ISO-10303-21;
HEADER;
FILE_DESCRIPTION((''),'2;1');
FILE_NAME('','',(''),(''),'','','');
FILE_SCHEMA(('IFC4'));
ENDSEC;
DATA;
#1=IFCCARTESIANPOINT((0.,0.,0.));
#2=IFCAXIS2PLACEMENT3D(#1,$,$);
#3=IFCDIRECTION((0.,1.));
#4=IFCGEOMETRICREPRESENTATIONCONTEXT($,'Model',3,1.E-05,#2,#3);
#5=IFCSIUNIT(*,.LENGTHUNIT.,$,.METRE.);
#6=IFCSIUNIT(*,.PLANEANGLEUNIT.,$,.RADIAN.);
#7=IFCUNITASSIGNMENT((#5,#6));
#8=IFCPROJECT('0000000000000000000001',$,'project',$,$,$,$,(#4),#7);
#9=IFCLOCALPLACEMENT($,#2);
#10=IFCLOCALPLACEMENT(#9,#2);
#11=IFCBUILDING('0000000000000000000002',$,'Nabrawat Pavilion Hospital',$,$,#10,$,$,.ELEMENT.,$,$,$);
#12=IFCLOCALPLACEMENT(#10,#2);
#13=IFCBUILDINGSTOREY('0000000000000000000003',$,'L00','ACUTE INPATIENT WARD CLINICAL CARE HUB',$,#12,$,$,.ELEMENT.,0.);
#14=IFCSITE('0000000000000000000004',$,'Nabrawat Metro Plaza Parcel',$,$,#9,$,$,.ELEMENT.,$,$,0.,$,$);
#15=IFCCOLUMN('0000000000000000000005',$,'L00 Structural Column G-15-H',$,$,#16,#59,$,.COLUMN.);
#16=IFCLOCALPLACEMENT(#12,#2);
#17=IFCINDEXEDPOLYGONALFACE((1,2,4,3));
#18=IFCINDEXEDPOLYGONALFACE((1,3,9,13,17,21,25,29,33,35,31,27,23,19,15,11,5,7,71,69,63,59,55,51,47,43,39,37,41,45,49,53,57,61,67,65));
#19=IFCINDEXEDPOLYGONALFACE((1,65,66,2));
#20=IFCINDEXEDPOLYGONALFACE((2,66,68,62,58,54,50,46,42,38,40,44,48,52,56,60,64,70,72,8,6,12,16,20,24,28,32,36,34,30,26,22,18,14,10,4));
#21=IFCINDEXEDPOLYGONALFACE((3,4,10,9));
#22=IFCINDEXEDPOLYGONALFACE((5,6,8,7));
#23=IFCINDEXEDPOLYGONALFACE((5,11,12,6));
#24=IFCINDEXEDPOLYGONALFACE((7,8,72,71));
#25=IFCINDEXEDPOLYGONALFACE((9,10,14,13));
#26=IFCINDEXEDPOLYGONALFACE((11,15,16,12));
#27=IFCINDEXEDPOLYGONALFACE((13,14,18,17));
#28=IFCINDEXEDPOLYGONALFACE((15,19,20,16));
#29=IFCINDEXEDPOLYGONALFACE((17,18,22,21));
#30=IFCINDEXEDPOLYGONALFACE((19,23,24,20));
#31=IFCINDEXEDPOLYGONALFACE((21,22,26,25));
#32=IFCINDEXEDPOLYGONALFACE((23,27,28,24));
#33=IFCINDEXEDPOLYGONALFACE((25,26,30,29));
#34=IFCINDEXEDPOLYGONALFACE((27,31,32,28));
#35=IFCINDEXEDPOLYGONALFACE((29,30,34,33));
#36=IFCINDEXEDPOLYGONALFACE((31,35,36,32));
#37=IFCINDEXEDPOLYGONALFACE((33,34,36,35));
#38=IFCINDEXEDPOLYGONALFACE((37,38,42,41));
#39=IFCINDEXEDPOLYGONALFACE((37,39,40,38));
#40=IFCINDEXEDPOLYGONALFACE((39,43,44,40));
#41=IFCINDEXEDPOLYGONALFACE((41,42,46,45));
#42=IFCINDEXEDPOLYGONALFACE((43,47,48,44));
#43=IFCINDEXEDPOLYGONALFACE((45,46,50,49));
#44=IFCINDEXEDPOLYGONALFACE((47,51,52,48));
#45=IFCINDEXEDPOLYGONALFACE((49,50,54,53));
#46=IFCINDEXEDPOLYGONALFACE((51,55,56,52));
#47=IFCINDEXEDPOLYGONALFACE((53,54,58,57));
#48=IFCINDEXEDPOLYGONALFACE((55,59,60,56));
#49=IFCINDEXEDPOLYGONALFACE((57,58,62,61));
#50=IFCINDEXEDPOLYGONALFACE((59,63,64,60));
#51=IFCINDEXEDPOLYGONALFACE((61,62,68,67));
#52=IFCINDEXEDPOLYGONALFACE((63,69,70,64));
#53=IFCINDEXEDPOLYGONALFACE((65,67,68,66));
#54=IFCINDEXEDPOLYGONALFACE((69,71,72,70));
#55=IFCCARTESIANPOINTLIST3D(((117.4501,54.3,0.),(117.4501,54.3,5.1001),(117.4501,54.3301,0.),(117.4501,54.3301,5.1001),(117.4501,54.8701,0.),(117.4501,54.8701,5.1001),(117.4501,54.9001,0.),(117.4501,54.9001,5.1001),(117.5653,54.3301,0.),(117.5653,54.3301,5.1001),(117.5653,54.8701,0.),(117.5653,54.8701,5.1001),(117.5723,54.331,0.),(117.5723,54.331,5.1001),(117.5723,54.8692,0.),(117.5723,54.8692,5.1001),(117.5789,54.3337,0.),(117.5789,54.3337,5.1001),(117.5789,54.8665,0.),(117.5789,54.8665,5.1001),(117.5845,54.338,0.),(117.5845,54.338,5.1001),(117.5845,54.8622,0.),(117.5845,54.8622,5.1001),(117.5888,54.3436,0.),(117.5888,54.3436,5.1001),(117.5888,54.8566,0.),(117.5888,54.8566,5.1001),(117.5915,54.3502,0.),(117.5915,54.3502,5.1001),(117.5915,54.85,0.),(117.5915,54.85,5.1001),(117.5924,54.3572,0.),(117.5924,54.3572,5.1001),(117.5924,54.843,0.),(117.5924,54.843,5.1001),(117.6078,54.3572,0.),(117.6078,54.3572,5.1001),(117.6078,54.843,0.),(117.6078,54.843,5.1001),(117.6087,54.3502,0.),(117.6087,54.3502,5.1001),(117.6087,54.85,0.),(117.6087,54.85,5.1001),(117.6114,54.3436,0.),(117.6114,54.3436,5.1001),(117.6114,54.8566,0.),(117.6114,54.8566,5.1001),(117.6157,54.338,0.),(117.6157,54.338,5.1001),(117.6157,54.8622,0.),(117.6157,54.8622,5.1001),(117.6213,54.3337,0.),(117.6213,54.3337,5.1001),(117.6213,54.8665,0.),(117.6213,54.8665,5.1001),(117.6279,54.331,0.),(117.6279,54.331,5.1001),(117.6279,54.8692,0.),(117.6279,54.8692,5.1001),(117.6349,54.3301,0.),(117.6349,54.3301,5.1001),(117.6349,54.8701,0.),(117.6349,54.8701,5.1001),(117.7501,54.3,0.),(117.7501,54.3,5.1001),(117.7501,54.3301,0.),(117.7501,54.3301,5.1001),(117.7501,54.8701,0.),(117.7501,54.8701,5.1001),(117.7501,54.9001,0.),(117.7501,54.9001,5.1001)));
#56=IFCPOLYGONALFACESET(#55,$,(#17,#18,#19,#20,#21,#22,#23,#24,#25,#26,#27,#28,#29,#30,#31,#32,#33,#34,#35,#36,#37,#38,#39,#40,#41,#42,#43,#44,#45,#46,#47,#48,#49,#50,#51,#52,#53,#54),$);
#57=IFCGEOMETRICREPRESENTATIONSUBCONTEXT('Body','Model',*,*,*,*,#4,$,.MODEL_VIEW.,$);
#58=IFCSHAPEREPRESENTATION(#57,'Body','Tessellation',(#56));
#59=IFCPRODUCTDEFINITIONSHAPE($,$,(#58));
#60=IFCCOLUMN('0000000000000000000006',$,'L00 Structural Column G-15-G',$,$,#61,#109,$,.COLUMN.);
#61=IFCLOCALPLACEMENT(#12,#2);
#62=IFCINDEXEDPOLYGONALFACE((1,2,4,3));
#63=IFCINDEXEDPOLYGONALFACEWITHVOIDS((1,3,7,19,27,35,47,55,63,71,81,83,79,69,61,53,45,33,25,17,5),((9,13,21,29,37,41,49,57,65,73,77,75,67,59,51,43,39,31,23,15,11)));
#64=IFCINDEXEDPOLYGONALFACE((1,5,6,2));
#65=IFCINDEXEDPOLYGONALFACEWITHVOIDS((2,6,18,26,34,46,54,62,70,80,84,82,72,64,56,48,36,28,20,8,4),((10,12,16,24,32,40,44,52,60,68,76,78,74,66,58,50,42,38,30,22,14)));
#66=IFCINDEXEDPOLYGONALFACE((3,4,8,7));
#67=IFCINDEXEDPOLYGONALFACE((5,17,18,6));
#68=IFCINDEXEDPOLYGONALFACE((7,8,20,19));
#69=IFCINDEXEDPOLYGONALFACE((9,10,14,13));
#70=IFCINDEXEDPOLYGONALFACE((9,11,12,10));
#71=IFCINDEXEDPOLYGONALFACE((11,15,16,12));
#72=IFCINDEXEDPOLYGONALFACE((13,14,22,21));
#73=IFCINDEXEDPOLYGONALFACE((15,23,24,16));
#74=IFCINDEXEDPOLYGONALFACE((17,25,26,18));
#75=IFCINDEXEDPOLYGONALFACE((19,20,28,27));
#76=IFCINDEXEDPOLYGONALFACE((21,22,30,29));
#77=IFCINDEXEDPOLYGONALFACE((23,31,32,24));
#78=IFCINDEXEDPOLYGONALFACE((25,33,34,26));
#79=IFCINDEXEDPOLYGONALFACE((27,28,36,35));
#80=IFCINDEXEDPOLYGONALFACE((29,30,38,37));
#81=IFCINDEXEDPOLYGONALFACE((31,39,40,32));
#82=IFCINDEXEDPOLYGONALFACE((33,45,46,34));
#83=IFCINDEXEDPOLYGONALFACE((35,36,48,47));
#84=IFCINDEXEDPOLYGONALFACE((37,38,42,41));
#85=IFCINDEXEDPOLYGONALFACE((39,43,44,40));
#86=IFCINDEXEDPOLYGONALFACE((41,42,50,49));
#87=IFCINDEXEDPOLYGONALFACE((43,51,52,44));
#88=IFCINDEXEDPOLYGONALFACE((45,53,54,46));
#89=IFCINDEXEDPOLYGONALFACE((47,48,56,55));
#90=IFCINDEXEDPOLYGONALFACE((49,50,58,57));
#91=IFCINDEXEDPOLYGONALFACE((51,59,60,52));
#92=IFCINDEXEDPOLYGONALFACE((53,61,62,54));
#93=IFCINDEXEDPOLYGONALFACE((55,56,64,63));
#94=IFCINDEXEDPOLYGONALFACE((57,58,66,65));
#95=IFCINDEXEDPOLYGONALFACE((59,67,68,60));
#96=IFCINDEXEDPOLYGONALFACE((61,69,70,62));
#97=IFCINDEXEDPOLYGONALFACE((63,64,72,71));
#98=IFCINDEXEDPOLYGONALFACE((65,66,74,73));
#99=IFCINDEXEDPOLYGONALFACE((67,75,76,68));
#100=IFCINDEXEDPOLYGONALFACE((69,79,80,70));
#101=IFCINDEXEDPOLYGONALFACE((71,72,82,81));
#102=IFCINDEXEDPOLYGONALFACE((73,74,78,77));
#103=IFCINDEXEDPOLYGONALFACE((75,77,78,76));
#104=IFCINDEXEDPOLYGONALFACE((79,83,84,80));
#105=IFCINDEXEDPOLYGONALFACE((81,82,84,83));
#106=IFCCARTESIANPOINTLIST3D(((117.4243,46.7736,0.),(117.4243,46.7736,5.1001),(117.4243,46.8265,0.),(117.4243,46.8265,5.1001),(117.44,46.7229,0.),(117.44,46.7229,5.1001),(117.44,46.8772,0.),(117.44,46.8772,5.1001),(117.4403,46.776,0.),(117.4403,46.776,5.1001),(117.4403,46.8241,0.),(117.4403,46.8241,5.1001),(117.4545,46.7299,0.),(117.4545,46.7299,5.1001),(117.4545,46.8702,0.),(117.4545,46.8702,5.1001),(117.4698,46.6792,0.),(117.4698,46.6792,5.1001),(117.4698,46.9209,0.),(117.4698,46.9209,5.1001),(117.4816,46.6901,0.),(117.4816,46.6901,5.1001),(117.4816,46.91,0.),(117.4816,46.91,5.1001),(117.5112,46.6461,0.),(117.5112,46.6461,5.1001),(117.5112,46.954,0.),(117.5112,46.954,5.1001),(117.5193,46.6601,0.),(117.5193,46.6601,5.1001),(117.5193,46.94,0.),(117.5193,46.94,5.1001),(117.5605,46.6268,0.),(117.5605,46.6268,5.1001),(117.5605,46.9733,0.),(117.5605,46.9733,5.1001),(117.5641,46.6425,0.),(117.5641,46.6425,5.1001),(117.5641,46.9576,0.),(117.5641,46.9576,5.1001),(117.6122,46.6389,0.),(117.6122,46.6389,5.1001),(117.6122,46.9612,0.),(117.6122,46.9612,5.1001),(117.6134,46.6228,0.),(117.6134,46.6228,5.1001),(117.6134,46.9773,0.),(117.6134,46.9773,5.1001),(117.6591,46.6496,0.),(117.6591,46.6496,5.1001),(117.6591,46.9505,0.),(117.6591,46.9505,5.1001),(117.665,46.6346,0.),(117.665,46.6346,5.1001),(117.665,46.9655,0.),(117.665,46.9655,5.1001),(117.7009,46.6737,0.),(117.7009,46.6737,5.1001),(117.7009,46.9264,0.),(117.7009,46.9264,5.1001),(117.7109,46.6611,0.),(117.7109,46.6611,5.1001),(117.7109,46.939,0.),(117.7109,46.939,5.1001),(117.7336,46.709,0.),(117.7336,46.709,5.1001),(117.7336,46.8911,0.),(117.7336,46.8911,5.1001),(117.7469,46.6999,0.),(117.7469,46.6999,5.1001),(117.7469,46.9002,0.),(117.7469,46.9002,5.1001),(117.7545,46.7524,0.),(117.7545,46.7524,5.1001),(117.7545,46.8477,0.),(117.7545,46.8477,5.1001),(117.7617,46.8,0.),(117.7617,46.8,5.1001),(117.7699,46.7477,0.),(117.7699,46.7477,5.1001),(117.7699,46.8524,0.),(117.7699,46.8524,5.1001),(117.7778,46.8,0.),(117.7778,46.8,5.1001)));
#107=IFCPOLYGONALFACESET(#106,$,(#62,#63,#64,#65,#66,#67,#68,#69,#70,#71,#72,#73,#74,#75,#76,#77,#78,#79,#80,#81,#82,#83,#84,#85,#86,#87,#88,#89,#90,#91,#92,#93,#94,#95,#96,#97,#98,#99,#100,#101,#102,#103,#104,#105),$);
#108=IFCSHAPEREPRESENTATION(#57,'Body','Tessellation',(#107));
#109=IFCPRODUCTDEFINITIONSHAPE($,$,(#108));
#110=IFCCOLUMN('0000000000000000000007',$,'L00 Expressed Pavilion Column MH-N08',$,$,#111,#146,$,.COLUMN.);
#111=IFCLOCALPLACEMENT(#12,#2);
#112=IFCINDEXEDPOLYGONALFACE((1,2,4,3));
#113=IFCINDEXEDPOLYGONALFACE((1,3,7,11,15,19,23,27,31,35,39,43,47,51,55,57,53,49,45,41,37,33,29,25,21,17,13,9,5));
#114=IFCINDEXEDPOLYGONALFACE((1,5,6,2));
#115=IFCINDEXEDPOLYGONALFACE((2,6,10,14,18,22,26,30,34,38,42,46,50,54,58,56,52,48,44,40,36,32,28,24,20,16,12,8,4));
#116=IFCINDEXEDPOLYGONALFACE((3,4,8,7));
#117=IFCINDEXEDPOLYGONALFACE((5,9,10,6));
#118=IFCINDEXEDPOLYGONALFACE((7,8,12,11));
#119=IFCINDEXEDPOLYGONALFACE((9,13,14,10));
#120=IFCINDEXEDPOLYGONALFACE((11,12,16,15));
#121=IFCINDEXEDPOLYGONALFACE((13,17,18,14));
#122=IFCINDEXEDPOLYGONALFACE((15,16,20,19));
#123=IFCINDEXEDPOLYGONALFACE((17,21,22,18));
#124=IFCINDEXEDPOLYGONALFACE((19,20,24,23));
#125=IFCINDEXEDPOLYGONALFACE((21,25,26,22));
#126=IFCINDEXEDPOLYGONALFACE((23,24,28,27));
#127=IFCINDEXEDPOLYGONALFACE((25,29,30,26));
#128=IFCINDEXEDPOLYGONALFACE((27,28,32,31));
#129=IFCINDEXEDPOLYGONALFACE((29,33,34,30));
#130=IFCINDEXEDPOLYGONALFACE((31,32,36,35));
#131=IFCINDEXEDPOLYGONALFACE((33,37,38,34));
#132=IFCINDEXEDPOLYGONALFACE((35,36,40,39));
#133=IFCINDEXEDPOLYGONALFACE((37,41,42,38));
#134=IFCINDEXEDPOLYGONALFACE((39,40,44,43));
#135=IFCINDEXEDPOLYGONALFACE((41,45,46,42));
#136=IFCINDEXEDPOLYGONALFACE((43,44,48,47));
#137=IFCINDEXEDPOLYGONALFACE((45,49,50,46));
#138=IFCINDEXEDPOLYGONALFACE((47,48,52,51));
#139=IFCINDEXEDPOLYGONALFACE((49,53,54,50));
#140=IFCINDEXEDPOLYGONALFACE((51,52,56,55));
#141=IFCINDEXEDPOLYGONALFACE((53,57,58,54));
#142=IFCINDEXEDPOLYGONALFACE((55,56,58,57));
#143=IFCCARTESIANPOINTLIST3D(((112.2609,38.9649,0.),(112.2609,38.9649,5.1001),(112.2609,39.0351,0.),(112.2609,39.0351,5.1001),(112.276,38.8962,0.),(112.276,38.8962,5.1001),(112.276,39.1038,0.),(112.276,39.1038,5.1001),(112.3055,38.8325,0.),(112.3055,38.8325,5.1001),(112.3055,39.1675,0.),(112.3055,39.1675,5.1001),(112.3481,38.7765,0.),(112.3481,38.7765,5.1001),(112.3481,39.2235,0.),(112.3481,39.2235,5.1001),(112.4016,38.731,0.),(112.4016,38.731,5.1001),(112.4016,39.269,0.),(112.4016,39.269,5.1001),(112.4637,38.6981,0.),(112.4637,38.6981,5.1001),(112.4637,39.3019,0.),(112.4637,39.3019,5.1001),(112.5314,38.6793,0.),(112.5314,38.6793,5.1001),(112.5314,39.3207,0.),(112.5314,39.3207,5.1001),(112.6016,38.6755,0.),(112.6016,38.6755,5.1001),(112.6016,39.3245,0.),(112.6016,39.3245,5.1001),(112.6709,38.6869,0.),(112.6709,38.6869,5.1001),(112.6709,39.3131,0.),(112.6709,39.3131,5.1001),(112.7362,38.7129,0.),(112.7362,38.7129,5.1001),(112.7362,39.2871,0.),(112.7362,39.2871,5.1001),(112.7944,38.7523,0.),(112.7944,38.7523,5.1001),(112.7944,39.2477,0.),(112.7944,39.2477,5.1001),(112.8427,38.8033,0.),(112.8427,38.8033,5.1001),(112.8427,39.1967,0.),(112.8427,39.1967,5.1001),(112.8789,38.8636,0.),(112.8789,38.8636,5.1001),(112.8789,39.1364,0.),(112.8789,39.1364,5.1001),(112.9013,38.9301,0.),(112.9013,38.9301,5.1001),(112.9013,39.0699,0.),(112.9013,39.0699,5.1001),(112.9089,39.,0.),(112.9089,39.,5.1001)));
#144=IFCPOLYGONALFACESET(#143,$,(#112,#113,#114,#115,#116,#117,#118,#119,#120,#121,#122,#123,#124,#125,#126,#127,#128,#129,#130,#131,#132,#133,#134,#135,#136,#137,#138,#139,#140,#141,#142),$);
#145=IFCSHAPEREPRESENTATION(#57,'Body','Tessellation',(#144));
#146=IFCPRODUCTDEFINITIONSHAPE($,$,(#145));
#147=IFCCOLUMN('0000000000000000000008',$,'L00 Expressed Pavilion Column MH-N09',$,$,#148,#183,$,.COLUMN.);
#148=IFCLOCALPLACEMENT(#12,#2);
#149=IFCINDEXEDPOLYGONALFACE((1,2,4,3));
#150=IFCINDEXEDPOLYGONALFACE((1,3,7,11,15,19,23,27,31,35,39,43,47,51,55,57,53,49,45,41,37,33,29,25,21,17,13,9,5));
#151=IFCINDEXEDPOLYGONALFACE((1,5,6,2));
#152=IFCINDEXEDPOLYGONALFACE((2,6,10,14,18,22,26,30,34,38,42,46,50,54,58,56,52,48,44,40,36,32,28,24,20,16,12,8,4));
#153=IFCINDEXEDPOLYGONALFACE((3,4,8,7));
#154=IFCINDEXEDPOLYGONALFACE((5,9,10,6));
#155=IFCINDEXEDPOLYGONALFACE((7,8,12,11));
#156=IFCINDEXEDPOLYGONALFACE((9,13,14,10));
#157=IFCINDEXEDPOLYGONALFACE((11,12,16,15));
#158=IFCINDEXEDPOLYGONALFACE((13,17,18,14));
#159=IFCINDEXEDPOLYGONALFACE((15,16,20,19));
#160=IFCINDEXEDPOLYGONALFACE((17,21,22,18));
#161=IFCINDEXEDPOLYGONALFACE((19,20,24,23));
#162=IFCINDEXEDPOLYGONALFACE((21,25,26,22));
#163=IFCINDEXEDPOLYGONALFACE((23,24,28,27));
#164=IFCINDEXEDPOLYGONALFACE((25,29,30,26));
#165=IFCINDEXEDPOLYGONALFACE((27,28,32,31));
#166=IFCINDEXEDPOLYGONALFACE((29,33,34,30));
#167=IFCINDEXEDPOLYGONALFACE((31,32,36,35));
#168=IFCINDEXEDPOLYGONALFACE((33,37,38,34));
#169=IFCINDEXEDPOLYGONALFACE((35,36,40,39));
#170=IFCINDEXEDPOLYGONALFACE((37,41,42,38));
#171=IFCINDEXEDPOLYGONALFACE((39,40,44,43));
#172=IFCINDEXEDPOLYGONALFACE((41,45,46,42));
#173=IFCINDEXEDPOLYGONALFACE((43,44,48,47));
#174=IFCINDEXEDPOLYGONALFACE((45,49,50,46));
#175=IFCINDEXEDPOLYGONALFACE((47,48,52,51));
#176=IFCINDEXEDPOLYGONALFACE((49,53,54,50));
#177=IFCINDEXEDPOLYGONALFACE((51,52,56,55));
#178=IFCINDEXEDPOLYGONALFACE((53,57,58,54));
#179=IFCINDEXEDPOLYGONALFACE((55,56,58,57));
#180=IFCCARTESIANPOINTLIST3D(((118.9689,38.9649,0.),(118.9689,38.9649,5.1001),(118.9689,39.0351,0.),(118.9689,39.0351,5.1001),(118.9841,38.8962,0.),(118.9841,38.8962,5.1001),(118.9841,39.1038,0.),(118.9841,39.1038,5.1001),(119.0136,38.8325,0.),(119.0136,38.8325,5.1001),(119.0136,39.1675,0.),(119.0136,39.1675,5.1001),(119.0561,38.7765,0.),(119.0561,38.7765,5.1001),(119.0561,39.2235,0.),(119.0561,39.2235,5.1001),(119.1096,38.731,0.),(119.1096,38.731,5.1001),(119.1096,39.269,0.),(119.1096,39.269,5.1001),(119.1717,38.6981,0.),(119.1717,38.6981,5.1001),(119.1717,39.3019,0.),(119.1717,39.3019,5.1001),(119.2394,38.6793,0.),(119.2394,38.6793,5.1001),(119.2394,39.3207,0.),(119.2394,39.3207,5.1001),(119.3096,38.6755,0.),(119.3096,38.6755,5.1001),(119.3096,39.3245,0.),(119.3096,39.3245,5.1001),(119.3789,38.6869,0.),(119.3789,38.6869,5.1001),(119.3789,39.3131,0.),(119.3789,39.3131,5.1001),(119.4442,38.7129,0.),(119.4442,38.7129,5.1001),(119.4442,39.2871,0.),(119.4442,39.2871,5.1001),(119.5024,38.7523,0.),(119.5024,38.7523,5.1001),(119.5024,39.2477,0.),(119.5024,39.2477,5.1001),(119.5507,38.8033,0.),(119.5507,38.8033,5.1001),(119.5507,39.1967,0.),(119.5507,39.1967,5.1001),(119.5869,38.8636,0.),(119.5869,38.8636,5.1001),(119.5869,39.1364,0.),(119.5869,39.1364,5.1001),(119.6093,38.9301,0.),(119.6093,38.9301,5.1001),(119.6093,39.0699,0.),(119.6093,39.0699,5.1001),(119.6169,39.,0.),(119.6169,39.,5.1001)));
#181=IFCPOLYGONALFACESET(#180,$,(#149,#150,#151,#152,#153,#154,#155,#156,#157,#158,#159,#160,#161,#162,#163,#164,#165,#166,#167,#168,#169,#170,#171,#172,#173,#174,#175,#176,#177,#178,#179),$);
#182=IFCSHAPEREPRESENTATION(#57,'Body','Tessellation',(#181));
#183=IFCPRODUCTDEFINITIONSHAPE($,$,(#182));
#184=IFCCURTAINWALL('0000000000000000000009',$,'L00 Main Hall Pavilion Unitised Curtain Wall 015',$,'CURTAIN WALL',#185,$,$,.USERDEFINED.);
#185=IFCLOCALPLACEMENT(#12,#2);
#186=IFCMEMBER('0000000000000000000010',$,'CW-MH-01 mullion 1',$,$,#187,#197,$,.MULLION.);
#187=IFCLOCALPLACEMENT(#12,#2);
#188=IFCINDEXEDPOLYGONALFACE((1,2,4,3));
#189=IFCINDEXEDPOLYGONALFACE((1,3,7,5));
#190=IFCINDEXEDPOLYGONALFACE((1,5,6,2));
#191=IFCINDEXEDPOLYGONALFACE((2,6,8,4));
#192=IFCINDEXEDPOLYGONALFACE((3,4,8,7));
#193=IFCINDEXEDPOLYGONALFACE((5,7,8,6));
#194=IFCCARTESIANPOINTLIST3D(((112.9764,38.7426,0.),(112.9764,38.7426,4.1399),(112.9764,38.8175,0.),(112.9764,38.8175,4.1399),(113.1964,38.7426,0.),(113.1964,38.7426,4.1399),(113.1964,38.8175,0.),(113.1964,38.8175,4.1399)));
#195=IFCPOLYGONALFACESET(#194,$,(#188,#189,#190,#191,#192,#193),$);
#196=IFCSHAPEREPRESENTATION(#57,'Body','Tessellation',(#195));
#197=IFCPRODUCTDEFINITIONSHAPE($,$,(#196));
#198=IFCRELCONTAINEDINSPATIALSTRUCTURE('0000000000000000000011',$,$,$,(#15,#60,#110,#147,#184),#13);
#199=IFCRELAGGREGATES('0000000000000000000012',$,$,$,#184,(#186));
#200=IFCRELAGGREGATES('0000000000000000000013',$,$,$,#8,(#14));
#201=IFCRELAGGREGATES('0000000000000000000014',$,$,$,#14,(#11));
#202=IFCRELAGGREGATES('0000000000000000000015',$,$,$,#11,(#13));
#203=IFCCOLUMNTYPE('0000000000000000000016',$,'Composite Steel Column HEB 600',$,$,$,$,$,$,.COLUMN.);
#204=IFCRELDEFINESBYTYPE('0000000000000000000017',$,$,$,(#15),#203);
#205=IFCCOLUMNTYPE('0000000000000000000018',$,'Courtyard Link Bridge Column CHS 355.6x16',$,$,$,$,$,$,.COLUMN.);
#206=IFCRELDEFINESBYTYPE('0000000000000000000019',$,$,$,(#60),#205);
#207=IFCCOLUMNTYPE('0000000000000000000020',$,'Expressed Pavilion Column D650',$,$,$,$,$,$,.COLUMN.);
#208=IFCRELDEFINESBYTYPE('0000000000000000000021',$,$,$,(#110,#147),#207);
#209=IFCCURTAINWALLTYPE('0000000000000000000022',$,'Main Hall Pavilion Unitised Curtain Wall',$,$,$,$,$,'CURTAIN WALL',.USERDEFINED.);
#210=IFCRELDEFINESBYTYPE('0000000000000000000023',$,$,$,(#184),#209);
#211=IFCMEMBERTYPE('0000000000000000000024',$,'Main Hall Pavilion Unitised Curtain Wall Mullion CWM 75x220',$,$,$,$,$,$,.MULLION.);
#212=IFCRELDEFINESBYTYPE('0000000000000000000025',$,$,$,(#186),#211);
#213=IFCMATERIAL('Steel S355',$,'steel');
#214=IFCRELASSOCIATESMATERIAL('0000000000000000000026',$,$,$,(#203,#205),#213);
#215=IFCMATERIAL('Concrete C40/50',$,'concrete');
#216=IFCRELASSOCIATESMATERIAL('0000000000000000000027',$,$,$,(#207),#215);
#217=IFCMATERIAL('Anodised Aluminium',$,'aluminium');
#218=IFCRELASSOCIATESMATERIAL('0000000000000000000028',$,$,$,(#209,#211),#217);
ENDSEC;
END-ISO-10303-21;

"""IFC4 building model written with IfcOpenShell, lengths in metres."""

from ifc_helpers import new_model, si_unit, direction, frame, origin, origin_2d, place, context, subcontext, project, spatial, rectangle, circle, hollow_circle, i_section, extrude, material, material_profile, profile_set, type_object, element, aggregate, save


model = new_model("IFC4")

# Units and contexts
model_context = context("Model", 3, precision=1e-05, world=origin(), true_north=direction((0.0, 1.0)))
body_context = subcontext(model_context, "Body", "Model", "MODEL_VIEW")
ifc_project = project(units=[si_unit("LENGTHUNIT", "METRE"), si_unit("PLANEANGLEUNIT", "RADIAN")], contexts=[model_context])

# Site, building, storey
site_placement = place(None, origin())
site = spatial("IfcSite", under=ifc_project, at=site_placement, Name="Nabrawat Metro Plaza Parcel", CompositionType="ELEMENT", RefElevation=0.0)
building_placement = place(site_placement, origin())
building = spatial("IfcBuilding", under=site, at=building_placement, Name="Nabrawat Pavilion Hospital", CompositionType="ELEMENT")
storey_placement = place(building_placement, origin())
storey = spatial("IfcBuildingStorey", under=building, at=storey_placement, Name="L00", Description="ACUTE INPATIENT WARD CLINICAL CARE HUB", CompositionType="ELEMENT", Elevation=0.0)

# Columns
ifc_material_1 = material(Name="Steel S355", Category="steel")
ifc_material_profile_1 = material_profile(ifc_material_1, i_section(OverallWidth=0.3, OverallDepth=0.6001, WebThickness=0.0154, FlangeThickness=0.03, FilletRadius=0.0271, at=origin_2d()), Name="HEB 600")
ifc_profile_set_1 = profile_set([ifc_material_profile_1], Name="Steel S355")
column_type_1 = type_object("IfcColumnType", Name="Composite Steel Column HEB 600", PredefinedType="COLUMN", material=ifc_profile_set_1)
column_1_placement = place(storey_placement, frame((117.6001, 54.6001, 0.0), z_axis=(0.0, 0.0, 1.0), x_axis=(1.0, 0.0, 0.0)))
element("IfcColumn", 1, at=column_1_placement, inside=storey, type_object=column_type_1, Name="L00 Structural Column G-15-H", PredefinedType="COLUMN", context=body_context, shape_type="SweptSolid", body=[
    extrude(i_section(OverallWidth=0.3, OverallDepth=0.6001, WebThickness=0.0154, FlangeThickness=0.03, FilletRadius=0.0271, at=origin_2d()), origin(), (0.0, 0.0, 1.0), 5.1001),
])
ifc_material_profile_2 = material_profile(ifc_material_1, hollow_circle(Radius=0.1777, WallThickness=0.0161, at=origin_2d()), Name="CHS 355.6x16")
ifc_profile_set_2 = profile_set([ifc_material_profile_2], Name="Steel S355")
column_type_2 = type_object("IfcColumnType", Name="Courtyard Link Bridge Column CHS 355.6x16", PredefinedType="COLUMN", material=ifc_profile_set_2)
column_2_placement = place(storey_placement, frame((117.6001, 46.8, 0.0), z_axis=(0.0, 0.0, 1.0), x_axis=(1.0, 0.0, 0.0)))
element("IfcColumn", 2, at=column_2_placement, inside=storey, type_object=column_type_2, Name="L00 Structural Column G-15-G", PredefinedType="COLUMN", context=body_context, shape_type="SweptSolid", body=[
    extrude(hollow_circle(Radius=0.1777, WallThickness=0.0161, at=origin_2d()), origin(), (0.0, 0.0, 1.0), 5.1001),
])
ifc_material_2 = material(Name="Concrete C40/50", Category="concrete")
ifc_material_profile_3 = material_profile(ifc_material_2, circle(Radius=0.325, at=origin_2d()), Name="RC D650")
ifc_profile_set_3 = profile_set([ifc_material_profile_3], Name="Concrete C40/50")
column_type_3 = type_object("IfcColumnType", Name="Expressed Pavilion Column D650", PredefinedType="COLUMN", material=ifc_profile_set_3)
for number, where, z_axis, x_axis, name in (
    (3, (112.584, 39.0, 0.0), (0.0, 0.0, 1.0), (1.0, 0.0, 0.0), "L00 Expressed Pavilion Column MH-N08"),
    (4, (119.292, 39.0, 0.0), (0.0, 0.0, 1.0), (1.0, 0.0, 0.0), "L00 Expressed Pavilion Column MH-N09"),
):
    element("IfcColumn", number, at=place(storey_placement, frame(where, z_axis=z_axis, x_axis=x_axis)), inside=storey, type_object=column_type_3, Name=name, PredefinedType="COLUMN", context=body_context, shape_type="SweptSolid", body=[
        extrude(circle(Radius=0.325, at=origin_2d()), origin(), (0.0, 0.0, 1.0), 5.1001),
    ])

# Curtain wall, member
ifc_material_3 = material(Name="Anodised Aluminium", Category="aluminium")
curtain_wall_type = type_object("IfcCurtainWallType", Name="Main Hall Pavilion Unitised Curtain Wall", ElementType="CURTAIN WALL", PredefinedType="USERDEFINED", material=ifc_material_3)
curtain_wall_1_placement = place(storey_placement, origin())
curtain_wall_1 = element("IfcCurtainWall", 5, at=curtain_wall_1_placement, inside=storey, type_object=curtain_wall_type, Name="L00 Main Hall Pavilion Unitised Curtain Wall 015", ObjectType="CURTAIN WALL", PredefinedType="USERDEFINED")
ifc_material_profile_4 = material_profile(ifc_material_3, rectangle(XDim=0.075, YDim=0.22, at=origin_2d()), Name="CWM 75x220")
ifc_profile_set_4 = profile_set([ifc_material_profile_4], Name="Anodised Aluminium")
member_type_1 = type_object("IfcMemberType", Name="Main Hall Pavilion Unitised Curtain Wall Mullion CWM 75x220", PredefinedType="MULLION", material=ifc_profile_set_4)
member_1_placement = place(storey_placement, frame((113.0864, 38.78, 0.0), z_axis=(0.0, 0.0, 1.0), x_axis=(0.0, 1.0, 0.0)))
member_1 = element("IfcMember", 6, at=member_1_placement, type_object=member_type_1, Name="CW-MH-01 mullion 1", PredefinedType="MULLION", context=body_context, shape_type="SweptSolid", body=[
    extrude(rectangle(XDim=0.075, YDim=0.22, at=origin_2d()), origin(), (0.0, 0.0, 1.0), 4.1399),
])

aggregate(curtain_wall_1, [member_1])

save(model, "model.ifc")
